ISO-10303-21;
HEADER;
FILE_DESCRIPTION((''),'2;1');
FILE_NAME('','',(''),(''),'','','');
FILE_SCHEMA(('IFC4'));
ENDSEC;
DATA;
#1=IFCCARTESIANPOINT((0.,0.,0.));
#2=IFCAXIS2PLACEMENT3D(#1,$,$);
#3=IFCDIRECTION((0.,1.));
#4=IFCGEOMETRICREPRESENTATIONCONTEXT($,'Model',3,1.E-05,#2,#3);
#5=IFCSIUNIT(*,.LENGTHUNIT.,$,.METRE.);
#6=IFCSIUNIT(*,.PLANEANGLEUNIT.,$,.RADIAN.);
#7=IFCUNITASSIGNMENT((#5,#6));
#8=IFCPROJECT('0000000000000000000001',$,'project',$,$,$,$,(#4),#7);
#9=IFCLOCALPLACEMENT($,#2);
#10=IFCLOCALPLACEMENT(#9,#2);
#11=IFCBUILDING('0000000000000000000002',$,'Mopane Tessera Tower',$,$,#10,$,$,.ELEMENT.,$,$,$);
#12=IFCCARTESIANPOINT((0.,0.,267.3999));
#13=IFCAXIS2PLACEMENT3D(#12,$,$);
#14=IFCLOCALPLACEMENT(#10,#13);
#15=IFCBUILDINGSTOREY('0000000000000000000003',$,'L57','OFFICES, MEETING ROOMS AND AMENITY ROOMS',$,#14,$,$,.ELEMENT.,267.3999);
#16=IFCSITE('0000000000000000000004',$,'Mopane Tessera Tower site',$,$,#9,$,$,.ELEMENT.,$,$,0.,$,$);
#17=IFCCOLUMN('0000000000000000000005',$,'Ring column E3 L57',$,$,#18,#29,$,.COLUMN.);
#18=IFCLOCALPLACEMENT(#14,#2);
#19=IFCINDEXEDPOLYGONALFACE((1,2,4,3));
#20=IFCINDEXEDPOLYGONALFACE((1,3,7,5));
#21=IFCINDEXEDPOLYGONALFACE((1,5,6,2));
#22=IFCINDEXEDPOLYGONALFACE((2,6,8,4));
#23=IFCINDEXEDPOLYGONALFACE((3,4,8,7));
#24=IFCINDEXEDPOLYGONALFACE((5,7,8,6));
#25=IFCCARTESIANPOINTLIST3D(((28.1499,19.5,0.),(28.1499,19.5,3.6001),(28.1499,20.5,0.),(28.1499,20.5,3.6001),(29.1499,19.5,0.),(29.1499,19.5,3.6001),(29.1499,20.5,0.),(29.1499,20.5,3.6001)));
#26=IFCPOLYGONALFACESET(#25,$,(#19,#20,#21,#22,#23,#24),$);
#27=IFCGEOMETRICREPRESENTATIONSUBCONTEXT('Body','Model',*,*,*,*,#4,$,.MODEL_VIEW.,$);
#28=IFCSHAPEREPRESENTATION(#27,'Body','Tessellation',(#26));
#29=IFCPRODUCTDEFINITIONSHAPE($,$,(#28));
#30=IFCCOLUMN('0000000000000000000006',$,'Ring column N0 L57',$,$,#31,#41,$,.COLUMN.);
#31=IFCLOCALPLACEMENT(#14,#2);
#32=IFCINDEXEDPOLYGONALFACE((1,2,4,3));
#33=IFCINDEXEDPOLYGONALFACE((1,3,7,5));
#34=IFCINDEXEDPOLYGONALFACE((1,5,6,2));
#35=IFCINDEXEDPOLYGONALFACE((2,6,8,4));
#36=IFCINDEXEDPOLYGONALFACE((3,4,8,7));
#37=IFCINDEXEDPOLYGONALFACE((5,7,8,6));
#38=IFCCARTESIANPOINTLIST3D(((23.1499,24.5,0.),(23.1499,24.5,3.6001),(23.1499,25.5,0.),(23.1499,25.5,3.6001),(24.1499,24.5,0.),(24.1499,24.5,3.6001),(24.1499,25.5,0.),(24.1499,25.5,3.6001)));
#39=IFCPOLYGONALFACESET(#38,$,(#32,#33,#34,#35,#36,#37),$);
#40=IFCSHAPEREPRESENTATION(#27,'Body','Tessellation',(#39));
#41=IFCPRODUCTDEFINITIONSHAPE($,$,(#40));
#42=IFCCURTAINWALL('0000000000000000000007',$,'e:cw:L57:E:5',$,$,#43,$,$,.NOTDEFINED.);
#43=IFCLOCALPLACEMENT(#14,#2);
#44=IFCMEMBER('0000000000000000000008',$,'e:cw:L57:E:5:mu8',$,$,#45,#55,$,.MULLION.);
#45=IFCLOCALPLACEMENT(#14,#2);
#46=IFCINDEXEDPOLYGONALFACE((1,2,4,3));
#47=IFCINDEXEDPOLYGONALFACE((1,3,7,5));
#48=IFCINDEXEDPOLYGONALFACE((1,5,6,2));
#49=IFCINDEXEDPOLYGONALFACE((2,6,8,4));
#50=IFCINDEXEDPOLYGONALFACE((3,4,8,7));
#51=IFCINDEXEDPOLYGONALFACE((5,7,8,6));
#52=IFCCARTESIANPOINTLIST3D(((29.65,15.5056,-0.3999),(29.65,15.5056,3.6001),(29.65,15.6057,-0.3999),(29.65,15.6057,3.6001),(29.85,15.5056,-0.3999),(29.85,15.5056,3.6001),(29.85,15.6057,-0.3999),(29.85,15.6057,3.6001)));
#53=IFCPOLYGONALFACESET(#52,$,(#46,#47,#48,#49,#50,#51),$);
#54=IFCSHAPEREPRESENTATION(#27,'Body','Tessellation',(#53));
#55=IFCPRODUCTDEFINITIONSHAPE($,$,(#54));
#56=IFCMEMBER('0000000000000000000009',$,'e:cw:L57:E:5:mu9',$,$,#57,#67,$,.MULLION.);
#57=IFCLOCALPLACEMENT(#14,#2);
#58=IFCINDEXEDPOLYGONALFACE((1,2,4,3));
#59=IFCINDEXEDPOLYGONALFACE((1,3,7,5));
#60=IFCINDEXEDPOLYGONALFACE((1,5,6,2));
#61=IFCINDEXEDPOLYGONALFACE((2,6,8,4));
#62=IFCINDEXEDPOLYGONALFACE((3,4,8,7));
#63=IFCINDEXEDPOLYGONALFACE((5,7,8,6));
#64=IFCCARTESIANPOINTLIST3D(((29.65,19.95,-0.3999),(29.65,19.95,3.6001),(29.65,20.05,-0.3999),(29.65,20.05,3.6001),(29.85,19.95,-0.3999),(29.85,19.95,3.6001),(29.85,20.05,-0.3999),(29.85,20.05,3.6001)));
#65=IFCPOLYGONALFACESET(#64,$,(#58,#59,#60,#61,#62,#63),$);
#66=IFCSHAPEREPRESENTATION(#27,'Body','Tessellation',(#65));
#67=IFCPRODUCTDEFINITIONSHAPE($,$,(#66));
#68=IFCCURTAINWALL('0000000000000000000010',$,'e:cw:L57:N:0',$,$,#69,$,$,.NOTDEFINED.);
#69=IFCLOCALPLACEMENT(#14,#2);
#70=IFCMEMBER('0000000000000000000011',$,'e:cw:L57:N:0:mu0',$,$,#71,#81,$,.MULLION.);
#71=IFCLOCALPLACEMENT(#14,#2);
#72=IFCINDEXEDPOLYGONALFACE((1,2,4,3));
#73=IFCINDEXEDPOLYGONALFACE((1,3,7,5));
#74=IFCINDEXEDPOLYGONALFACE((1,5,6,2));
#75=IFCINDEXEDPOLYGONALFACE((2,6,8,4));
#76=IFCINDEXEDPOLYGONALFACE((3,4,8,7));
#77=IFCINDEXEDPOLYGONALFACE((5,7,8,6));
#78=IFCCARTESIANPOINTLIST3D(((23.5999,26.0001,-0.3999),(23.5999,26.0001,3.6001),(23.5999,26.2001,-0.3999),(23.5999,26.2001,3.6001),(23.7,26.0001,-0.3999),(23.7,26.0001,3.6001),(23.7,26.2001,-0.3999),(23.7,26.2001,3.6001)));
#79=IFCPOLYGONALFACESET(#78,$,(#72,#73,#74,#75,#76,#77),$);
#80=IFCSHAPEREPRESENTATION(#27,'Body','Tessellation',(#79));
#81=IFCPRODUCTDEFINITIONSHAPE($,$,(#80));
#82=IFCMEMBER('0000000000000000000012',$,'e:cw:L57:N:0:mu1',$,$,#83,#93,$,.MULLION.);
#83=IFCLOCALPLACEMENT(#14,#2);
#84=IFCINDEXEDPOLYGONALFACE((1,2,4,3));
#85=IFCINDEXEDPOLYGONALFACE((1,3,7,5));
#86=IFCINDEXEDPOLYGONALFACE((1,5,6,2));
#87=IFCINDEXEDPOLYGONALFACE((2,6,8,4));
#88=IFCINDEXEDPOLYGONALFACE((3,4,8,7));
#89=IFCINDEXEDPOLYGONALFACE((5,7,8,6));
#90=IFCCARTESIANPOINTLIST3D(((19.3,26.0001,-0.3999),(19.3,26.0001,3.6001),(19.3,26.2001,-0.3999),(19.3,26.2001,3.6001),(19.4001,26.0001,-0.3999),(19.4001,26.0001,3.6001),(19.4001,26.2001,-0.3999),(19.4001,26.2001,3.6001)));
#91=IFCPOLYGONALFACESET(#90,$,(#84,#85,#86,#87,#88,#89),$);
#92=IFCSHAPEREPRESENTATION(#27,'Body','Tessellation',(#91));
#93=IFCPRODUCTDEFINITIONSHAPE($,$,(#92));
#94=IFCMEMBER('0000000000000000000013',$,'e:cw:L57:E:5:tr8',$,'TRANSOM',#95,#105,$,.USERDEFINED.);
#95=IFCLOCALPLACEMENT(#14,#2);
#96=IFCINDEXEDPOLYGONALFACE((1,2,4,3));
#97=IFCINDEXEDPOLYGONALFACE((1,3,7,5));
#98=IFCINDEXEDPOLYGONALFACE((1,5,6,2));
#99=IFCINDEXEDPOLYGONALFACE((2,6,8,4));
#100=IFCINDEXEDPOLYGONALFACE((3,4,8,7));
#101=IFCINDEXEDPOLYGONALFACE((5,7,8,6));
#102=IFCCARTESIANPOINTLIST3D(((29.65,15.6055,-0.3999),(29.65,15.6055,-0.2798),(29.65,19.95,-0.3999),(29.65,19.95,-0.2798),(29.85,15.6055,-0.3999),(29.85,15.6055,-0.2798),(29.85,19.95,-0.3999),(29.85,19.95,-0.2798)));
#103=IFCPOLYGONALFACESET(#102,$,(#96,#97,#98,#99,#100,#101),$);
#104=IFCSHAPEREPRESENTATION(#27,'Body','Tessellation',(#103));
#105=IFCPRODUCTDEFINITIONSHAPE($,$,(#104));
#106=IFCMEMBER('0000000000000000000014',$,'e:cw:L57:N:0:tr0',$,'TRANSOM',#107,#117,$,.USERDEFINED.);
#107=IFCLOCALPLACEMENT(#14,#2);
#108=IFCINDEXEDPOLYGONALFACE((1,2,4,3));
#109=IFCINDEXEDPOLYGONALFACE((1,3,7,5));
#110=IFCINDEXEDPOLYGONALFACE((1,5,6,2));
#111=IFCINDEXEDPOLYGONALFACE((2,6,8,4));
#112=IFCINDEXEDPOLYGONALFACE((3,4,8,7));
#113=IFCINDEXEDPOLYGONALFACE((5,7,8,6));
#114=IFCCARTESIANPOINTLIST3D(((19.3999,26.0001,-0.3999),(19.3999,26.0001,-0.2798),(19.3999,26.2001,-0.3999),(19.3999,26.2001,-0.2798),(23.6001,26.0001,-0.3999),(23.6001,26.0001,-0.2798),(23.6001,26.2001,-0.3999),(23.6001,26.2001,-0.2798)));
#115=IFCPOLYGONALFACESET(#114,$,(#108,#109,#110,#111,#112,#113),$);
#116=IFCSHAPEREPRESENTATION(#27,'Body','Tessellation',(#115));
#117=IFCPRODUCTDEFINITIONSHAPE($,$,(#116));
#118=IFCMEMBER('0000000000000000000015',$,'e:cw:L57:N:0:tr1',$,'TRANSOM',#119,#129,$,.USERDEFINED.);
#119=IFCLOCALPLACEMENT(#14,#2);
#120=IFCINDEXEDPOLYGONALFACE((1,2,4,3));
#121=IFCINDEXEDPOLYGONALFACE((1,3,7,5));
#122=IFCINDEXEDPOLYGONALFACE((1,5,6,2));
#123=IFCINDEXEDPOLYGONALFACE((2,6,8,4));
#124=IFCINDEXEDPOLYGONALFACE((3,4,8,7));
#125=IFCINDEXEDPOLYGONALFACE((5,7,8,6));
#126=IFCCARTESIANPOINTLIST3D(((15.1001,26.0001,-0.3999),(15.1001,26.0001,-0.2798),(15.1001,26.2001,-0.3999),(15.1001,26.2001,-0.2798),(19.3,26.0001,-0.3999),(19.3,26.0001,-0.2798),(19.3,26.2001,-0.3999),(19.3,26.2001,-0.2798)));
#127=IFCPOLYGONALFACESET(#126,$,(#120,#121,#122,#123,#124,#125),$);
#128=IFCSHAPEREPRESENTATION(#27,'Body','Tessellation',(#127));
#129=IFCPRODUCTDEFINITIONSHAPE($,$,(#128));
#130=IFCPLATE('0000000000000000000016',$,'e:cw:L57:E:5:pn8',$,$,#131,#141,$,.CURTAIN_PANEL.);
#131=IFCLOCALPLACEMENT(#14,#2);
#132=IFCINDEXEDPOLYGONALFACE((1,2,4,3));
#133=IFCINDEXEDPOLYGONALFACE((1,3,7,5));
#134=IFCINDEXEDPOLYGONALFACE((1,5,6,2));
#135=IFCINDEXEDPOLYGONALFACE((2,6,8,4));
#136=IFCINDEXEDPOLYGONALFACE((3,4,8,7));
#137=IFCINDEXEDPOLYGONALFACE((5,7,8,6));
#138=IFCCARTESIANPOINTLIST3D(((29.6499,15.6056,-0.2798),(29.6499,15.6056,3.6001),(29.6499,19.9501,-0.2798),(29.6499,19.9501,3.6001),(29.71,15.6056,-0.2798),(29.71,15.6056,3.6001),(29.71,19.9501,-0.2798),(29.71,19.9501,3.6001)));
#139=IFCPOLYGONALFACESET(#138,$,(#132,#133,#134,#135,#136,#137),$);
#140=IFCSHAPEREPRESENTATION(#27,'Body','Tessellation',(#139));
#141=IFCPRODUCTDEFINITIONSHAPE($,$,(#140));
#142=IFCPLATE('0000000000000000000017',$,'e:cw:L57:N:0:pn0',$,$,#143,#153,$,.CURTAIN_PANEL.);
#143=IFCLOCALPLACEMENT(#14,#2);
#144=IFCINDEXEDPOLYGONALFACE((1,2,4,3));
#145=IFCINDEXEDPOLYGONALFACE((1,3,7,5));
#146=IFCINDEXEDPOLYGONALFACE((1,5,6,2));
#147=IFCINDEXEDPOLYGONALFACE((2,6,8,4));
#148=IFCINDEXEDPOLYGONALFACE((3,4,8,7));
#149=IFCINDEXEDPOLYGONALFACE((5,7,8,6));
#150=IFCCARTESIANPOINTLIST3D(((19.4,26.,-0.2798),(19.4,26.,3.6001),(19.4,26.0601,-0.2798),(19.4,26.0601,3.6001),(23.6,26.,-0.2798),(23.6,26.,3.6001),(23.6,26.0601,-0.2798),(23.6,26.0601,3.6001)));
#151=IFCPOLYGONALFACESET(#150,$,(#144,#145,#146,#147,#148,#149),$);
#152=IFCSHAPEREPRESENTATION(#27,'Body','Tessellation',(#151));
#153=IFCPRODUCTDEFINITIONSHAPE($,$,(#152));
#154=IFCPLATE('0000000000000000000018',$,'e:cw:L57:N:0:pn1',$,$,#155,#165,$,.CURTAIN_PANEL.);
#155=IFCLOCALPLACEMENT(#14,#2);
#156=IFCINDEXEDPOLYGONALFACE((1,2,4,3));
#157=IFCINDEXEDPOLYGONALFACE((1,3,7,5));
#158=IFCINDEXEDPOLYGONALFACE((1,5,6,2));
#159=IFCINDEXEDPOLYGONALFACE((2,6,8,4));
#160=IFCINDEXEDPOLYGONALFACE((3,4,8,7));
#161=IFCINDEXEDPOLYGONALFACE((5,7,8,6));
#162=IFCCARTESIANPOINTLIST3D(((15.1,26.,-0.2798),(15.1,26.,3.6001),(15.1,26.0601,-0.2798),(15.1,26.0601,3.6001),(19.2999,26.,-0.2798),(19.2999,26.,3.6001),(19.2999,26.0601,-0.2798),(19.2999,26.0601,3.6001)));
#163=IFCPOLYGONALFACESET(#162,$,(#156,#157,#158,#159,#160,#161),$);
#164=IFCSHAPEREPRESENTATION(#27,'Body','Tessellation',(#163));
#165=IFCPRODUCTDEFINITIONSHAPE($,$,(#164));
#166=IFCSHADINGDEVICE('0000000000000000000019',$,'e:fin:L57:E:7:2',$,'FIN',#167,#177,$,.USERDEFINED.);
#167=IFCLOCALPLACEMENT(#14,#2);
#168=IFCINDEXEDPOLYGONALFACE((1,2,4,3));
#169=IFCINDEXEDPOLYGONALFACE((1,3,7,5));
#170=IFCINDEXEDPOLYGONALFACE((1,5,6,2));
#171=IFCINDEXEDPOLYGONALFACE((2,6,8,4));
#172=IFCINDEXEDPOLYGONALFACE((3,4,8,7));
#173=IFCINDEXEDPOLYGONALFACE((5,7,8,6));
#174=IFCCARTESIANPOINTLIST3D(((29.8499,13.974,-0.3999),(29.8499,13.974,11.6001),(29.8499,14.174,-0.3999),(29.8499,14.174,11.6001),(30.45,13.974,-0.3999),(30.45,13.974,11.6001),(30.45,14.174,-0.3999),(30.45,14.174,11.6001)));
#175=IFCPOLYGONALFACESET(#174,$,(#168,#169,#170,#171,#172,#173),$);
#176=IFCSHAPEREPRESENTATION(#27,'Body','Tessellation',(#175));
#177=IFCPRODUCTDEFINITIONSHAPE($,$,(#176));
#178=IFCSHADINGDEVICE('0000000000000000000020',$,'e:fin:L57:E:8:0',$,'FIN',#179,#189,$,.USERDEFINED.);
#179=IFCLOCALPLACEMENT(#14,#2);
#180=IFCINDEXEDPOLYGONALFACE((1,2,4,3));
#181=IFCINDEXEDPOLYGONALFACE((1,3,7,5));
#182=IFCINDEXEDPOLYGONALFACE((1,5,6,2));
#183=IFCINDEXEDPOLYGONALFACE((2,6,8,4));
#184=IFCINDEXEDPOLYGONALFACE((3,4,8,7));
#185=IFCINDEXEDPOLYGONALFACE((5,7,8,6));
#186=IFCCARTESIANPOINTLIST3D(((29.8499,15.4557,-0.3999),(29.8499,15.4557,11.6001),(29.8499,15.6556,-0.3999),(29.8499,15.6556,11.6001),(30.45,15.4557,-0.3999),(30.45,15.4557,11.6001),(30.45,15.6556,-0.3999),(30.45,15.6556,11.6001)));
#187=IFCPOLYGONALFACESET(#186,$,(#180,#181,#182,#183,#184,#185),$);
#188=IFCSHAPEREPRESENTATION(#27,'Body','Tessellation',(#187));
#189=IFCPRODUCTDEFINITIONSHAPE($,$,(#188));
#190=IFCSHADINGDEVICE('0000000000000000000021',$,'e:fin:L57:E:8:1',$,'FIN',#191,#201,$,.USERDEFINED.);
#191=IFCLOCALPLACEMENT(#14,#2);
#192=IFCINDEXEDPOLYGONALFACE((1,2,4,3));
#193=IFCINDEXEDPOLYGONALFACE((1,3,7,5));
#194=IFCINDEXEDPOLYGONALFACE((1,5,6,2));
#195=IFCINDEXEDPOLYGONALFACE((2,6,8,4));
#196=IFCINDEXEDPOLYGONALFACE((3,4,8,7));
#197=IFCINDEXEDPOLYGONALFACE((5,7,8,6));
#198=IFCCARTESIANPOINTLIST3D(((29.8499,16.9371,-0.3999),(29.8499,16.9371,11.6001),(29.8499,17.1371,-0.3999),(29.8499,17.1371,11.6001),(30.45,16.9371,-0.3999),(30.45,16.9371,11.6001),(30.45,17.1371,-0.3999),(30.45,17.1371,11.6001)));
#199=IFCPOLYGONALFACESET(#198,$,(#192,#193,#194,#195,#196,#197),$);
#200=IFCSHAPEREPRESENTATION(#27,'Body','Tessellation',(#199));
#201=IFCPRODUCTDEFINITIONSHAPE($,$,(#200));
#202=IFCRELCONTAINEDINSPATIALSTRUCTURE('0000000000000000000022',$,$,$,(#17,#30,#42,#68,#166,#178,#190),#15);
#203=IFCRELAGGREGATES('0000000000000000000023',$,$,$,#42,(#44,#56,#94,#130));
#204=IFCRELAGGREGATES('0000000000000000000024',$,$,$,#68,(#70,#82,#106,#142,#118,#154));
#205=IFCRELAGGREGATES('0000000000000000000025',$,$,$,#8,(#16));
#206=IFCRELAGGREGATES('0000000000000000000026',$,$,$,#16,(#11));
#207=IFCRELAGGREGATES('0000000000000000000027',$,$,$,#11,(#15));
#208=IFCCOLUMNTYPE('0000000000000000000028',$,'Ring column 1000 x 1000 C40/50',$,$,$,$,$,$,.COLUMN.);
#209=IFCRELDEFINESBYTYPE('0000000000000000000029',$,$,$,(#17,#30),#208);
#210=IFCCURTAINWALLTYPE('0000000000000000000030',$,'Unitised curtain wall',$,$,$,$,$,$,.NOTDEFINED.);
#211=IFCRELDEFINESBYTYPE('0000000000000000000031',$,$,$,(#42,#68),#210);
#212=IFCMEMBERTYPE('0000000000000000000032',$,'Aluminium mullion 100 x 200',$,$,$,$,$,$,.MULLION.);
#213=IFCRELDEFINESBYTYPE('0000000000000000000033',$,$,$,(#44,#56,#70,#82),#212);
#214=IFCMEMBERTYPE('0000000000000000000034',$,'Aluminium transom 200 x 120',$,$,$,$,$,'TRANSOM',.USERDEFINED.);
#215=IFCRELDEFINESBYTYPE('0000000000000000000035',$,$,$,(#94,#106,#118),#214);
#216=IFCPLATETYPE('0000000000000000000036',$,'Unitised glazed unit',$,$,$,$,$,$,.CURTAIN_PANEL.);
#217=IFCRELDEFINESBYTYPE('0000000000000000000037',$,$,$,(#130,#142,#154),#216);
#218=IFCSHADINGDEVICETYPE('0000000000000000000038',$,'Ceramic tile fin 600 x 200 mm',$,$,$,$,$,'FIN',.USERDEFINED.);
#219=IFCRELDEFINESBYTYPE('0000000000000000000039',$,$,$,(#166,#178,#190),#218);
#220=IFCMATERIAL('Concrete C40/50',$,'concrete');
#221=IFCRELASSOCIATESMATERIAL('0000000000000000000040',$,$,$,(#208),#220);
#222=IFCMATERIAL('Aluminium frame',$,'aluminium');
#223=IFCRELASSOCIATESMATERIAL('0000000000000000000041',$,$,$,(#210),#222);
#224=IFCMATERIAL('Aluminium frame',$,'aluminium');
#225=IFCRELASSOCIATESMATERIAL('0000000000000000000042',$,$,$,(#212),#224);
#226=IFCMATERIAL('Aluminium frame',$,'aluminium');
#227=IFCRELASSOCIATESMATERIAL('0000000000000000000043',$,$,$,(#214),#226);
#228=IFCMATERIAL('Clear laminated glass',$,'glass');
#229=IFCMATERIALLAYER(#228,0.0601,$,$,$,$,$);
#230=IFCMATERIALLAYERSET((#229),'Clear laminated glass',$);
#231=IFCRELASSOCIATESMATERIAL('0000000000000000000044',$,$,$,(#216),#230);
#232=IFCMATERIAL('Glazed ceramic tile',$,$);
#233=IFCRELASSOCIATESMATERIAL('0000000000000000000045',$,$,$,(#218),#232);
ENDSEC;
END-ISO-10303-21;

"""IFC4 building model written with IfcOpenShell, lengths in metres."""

from ifc_helpers import new_model, si_unit, direction, frame, origin, origin_2d, place, context, subcontext, project, spatial, rectangle, extrude, material, layer, layer_set, material_profile, profile_set, type_object, element, aggregate, save


model = new_model("IFC4")

# Units and contexts
model_context = context("Model", 3, precision=1e-05, world=origin(), true_north=direction((0.0, 1.0)))
body_context = subcontext(model_context, "Body", "Model", "MODEL_VIEW")
ifc_project = project(units=[si_unit("LENGTHUNIT", "METRE"), si_unit("PLANEANGLEUNIT", "RADIAN")], contexts=[model_context])

# Site, building, storey
site_placement = place(None, origin())
site = spatial("IfcSite", under=ifc_project, at=site_placement, Name="Mopane Tessera Tower site", CompositionType="ELEMENT", RefElevation=0.0)
building_placement = place(site_placement, origin())
building = spatial("IfcBuilding", under=site, at=building_placement, Name="Mopane Tessera Tower", CompositionType="ELEMENT")
storey_placement = place(building_placement, frame((0.0, 0.0, 267.3999)))
storey = spatial("IfcBuildingStorey", under=building, at=storey_placement, Name="L57", Description="OFFICES, MEETING ROOMS AND AMENITY ROOMS", CompositionType="ELEMENT", Elevation=267.3999)

# Columns
ifc_material_1 = material(Name="Concrete C40/50", Category="concrete")
ifc_material_profile_1 = material_profile(ifc_material_1, rectangle(XDim=1.0, YDim=1.0, at=origin_2d()))
ifc_profile_set_1 = profile_set([ifc_material_profile_1], Name="Concrete C40/50")
column_type = type_object("IfcColumnType", Name="Ring column 1000 x 1000 C40/50", PredefinedType="COLUMN", material=ifc_profile_set_1)
for number, where, z_axis, x_axis, name in (
    (1, (28.6499, 20.0, 0.0), (0.0, 0.0, 1.0), (1.0, 0.0, 0.0), "Ring column E3 L57"),
    (2, (23.6499, 25.0, 0.0), (0.0, 0.0, 1.0), (1.0, 0.0, 0.0), "Ring column N0 L57"),
):
    element("IfcColumn", number, at=place(storey_placement, frame(where, z_axis=z_axis, x_axis=x_axis)), inside=storey, type_object=column_type, Name=name, PredefinedType="COLUMN", context=body_context, shape_type="SweptSolid", body=[
        extrude(rectangle(XDim=1.0, YDim=1.0, at=origin_2d()), origin(), (0.0, 0.0, 1.0), 3.6001),
    ])

# Curtain walls, members
ifc_material_2 = material(Name="Aluminium frame", Category="aluminium")
curtain_wall_type = type_object("IfcCurtainWallType", Name="Unitised curtain wall", PredefinedType="NOTDEFINED", material=ifc_material_2)
curtain_wall_1_placement = place(storey_placement, origin())
curtain_wall_1 = element("IfcCurtainWall", 3, at=curtain_wall_1_placement, inside=storey, type_object=curtain_wall_type, Name="e:cw:L57:E:5", PredefinedType="NOTDEFINED")
ifc_material_3 = material(Name="Aluminium frame", Category="aluminium")
ifc_material_profile_2 = material_profile(ifc_material_3, rectangle(XDim=0.1001, YDim=0.2, at=origin_2d()))
ifc_profile_set_2 = profile_set([ifc_material_profile_2], Name="Aluminium frame")
member_type_1 = type_object("IfcMemberType", Name="Aluminium mullion 100 x 200", PredefinedType="MULLION", material=ifc_profile_set_2)
member_1_placement = place(storey_placement, frame((29.75, 15.5557, -0.3999), z_axis=(0.0, 0.0, 1.0), x_axis=(0.0, 1.0, 0.0)))
member_1 = element("IfcMember", 4, at=member_1_placement, type_object=member_type_1, Name="e:cw:L57:E:5:mu8", PredefinedType="MULLION", context=body_context, shape_type="SweptSolid", body=[
    extrude(rectangle(XDim=0.1001, YDim=0.2, at=origin_2d()), origin(), (0.0, 0.0, 1.0), 4.0),
])
member_2_placement = place(storey_placement, frame((29.75, 20.0, -0.3999), z_axis=(0.0, 0.0, 1.0), x_axis=(0.0, 1.0, 0.0)))
member_2 = element("IfcMember", 5, at=member_2_placement, type_object=member_type_1, Name="e:cw:L57:E:5:mu9", PredefinedType="MULLION", context=body_context, shape_type="SweptSolid", body=[
    extrude(rectangle(XDim=0.1001, YDim=0.2, at=origin_2d()), origin(), (0.0, 0.0, 1.0), 4.0),
])
curtain_wall_2_placement = place(storey_placement, origin())
curtain_wall_2 = element("IfcCurtainWall", 6, at=curtain_wall_2_placement, inside=storey, type_object=curtain_wall_type, Name="e:cw:L57:N:0", PredefinedType="NOTDEFINED")
member_3_placement = place(storey_placement, frame((23.6499, 26.1001, -0.3999), z_axis=(0.0, 0.0, 1.0), x_axis=(-1.0, 0.0, 0.0)))
member_3 = element("IfcMember", 7, at=member_3_placement, type_object=member_type_1, Name="e:cw:L57:N:0:mu0", PredefinedType="MULLION", context=body_context, shape_type="SweptSolid", body=[
    extrude(rectangle(XDim=0.1001, YDim=0.2, at=origin_2d()), origin(), (0.0, 0.0, 1.0), 4.0),
])
member_4_placement = place(storey_placement, frame((19.3501, 26.1001, -0.3999), z_axis=(0.0, 0.0, 1.0), x_axis=(-1.0, 0.0, 0.0)))
member_4 = element("IfcMember", 8, at=member_4_placement, type_object=member_type_1, Name="e:cw:L57:N:0:mu1", PredefinedType="MULLION", context=body_context, shape_type="SweptSolid", body=[
    extrude(rectangle(XDim=0.1001, YDim=0.2, at=origin_2d()), origin(), (0.0, 0.0, 1.0), 4.0),
])

# Members
ifc_material_4 = material(Name="Aluminium frame", Category="aluminium")
ifc_material_profile_3 = material_profile(ifc_material_4, rectangle(XDim=0.2, YDim=0.1201, at=origin_2d()))
ifc_profile_set_3 = profile_set([ifc_material_profile_3], Name="Aluminium frame")
member_type_2 = type_object("IfcMemberType", Name="Aluminium transom 200 x 120", ElementType="TRANSOM", PredefinedType="USERDEFINED", material=ifc_profile_set_3)
member_5_placement = place(storey_placement, frame((29.75, 15.6055, -0.3398), z_axis=(0.0, 1.0, 0.0), x_axis=(-1.0, 0.0, 0.0)))
member_5 = element("IfcMember", 9, at=member_5_placement, type_object=member_type_2, Name="e:cw:L57:E:5:tr8", ObjectType="TRANSOM", PredefinedType="USERDEFINED", context=body_context, shape_type="SweptSolid", body=[
    extrude(rectangle(XDim=0.2, YDim=0.1201, at=origin_2d()), origin(), (0.0, 0.0, 1.0), 4.3445),
])
member_6_placement = place(storey_placement, frame((23.6001, 26.1001, -0.3398), z_axis=(-1.0, 0.0, 0.0), x_axis=(0.0, -1.0, 0.0)))
member_6 = element("IfcMember", 10, at=member_6_placement, type_object=member_type_2, Name="e:cw:L57:N:0:tr0", ObjectType="TRANSOM", PredefinedType="USERDEFINED", context=body_context, shape_type="SweptSolid", body=[
    extrude(rectangle(XDim=0.2, YDim=0.1201, at=origin_2d()), origin(), (0.0, 0.0, 1.0), 4.2002),
])
member_7_placement = place(storey_placement, frame((19.3, 26.1001, -0.3398), z_axis=(-1.0, 0.0, 0.0), x_axis=(0.0, -1.0, 0.0)))
member_7 = element("IfcMember", 11, at=member_7_placement, type_object=member_type_2, Name="e:cw:L57:N:0:tr1", ObjectType="TRANSOM", PredefinedType="USERDEFINED", context=body_context, shape_type="SweptSolid", body=[
    extrude(rectangle(XDim=0.2, YDim=0.1201, at=origin_2d()), origin(), (0.0, 0.0, 1.0), 4.2),
])

# Plates
ifc_material_5 = material(Name="Clear laminated glass", Category="glass")
ifc_layer = layer(ifc_material_5, 0.0601)
ifc_layer_set = layer_set([ifc_layer], Name="Clear laminated glass")
plate_type = type_object("IfcPlateType", Name="Unitised glazed unit", PredefinedType="CURTAIN_PANEL", material=ifc_layer_set)
plate_1_placement = place(storey_placement, frame((29.6799, 17.7778, -0.2798), z_axis=(0.0, 0.0, 1.0), x_axis=(0.0, 1.0, 0.0)))
plate_1 = element("IfcPlate", 12, at=plate_1_placement, type_object=plate_type, Name="e:cw:L57:E:5:pn8", PredefinedType="CURTAIN_PANEL", context=body_context, shape_type="SweptSolid", body=[
    extrude(rectangle(XDim=4.3445, YDim=0.0601, at=origin_2d()), origin(), (0.0, 0.0, 1.0), 3.8799),
])
aggregate(curtain_wall_1, [member_1, member_2, member_5, plate_1])
plate_2_placement = place(storey_placement, frame((21.5, 26.03, -0.2798), z_axis=(0.0, 0.0, 1.0), x_axis=(-1.0, 0.0, 0.0)))
plate_2 = element("IfcPlate", 13, at=plate_2_placement, type_object=plate_type, Name="e:cw:L57:N:0:pn0", PredefinedType="CURTAIN_PANEL", context=body_context, shape_type="SweptSolid", body=[
    extrude(rectangle(XDim=4.2, YDim=0.0601, at=origin_2d()), origin(), (0.0, 0.0, 1.0), 3.8799),
])
plate_3_placement = place(storey_placement, frame((17.2, 26.03, -0.2798), z_axis=(0.0, 0.0, 1.0), x_axis=(-1.0, 0.0, 0.0)))
plate_3 = element("IfcPlate", 14, at=plate_3_placement, type_object=plate_type, Name="e:cw:L57:N:0:pn1", PredefinedType="CURTAIN_PANEL", context=body_context, shape_type="SweptSolid", body=[
    extrude(rectangle(XDim=4.2, YDim=0.0601, at=origin_2d()), origin(), (0.0, 0.0, 1.0), 3.8799),
])
aggregate(curtain_wall_2, [member_3, member_4, member_6, plate_2, member_7, plate_3])

# Shading devices
ifc_material_6 = material(Name="Glazed ceramic tile")
shading_device_type = type_object("IfcShadingDeviceType", Name="Ceramic tile fin 600 x 200 mm", ElementType="FIN", PredefinedType="USERDEFINED", material=ifc_material_6)
for number, where, z_axis, x_axis, name in (
    (15, (30.1499, 14.074, -0.3999), (0.0, 0.0, 1.0), (0.0, 1.0, 0.0), "e:fin:L57:E:7:2"),
    (16, (30.1499, 15.5557, -0.3999), (0.0, 0.0, 1.0), (0.0, 1.0, 0.0), "e:fin:L57:E:8:0"),
    (17, (30.1499, 17.0371, -0.3999), (0.0, 0.0, 1.0), (0.0, 1.0, 0.0), "e:fin:L57:E:8:1"),
):
    element("IfcShadingDevice", number, at=place(storey_placement, frame(where, z_axis=z_axis, x_axis=x_axis)), inside=storey, type_object=shading_device_type, Name=name, ObjectType="FIN", PredefinedType="USERDEFINED", context=body_context, shape_type="SweptSolid", body=[
        extrude(rectangle(XDim=0.2, YDim=0.6001, at=origin_2d()), origin(), (0.0, 0.0, 1.0), 12.0),
    ])

save(model, "model.ifc")
